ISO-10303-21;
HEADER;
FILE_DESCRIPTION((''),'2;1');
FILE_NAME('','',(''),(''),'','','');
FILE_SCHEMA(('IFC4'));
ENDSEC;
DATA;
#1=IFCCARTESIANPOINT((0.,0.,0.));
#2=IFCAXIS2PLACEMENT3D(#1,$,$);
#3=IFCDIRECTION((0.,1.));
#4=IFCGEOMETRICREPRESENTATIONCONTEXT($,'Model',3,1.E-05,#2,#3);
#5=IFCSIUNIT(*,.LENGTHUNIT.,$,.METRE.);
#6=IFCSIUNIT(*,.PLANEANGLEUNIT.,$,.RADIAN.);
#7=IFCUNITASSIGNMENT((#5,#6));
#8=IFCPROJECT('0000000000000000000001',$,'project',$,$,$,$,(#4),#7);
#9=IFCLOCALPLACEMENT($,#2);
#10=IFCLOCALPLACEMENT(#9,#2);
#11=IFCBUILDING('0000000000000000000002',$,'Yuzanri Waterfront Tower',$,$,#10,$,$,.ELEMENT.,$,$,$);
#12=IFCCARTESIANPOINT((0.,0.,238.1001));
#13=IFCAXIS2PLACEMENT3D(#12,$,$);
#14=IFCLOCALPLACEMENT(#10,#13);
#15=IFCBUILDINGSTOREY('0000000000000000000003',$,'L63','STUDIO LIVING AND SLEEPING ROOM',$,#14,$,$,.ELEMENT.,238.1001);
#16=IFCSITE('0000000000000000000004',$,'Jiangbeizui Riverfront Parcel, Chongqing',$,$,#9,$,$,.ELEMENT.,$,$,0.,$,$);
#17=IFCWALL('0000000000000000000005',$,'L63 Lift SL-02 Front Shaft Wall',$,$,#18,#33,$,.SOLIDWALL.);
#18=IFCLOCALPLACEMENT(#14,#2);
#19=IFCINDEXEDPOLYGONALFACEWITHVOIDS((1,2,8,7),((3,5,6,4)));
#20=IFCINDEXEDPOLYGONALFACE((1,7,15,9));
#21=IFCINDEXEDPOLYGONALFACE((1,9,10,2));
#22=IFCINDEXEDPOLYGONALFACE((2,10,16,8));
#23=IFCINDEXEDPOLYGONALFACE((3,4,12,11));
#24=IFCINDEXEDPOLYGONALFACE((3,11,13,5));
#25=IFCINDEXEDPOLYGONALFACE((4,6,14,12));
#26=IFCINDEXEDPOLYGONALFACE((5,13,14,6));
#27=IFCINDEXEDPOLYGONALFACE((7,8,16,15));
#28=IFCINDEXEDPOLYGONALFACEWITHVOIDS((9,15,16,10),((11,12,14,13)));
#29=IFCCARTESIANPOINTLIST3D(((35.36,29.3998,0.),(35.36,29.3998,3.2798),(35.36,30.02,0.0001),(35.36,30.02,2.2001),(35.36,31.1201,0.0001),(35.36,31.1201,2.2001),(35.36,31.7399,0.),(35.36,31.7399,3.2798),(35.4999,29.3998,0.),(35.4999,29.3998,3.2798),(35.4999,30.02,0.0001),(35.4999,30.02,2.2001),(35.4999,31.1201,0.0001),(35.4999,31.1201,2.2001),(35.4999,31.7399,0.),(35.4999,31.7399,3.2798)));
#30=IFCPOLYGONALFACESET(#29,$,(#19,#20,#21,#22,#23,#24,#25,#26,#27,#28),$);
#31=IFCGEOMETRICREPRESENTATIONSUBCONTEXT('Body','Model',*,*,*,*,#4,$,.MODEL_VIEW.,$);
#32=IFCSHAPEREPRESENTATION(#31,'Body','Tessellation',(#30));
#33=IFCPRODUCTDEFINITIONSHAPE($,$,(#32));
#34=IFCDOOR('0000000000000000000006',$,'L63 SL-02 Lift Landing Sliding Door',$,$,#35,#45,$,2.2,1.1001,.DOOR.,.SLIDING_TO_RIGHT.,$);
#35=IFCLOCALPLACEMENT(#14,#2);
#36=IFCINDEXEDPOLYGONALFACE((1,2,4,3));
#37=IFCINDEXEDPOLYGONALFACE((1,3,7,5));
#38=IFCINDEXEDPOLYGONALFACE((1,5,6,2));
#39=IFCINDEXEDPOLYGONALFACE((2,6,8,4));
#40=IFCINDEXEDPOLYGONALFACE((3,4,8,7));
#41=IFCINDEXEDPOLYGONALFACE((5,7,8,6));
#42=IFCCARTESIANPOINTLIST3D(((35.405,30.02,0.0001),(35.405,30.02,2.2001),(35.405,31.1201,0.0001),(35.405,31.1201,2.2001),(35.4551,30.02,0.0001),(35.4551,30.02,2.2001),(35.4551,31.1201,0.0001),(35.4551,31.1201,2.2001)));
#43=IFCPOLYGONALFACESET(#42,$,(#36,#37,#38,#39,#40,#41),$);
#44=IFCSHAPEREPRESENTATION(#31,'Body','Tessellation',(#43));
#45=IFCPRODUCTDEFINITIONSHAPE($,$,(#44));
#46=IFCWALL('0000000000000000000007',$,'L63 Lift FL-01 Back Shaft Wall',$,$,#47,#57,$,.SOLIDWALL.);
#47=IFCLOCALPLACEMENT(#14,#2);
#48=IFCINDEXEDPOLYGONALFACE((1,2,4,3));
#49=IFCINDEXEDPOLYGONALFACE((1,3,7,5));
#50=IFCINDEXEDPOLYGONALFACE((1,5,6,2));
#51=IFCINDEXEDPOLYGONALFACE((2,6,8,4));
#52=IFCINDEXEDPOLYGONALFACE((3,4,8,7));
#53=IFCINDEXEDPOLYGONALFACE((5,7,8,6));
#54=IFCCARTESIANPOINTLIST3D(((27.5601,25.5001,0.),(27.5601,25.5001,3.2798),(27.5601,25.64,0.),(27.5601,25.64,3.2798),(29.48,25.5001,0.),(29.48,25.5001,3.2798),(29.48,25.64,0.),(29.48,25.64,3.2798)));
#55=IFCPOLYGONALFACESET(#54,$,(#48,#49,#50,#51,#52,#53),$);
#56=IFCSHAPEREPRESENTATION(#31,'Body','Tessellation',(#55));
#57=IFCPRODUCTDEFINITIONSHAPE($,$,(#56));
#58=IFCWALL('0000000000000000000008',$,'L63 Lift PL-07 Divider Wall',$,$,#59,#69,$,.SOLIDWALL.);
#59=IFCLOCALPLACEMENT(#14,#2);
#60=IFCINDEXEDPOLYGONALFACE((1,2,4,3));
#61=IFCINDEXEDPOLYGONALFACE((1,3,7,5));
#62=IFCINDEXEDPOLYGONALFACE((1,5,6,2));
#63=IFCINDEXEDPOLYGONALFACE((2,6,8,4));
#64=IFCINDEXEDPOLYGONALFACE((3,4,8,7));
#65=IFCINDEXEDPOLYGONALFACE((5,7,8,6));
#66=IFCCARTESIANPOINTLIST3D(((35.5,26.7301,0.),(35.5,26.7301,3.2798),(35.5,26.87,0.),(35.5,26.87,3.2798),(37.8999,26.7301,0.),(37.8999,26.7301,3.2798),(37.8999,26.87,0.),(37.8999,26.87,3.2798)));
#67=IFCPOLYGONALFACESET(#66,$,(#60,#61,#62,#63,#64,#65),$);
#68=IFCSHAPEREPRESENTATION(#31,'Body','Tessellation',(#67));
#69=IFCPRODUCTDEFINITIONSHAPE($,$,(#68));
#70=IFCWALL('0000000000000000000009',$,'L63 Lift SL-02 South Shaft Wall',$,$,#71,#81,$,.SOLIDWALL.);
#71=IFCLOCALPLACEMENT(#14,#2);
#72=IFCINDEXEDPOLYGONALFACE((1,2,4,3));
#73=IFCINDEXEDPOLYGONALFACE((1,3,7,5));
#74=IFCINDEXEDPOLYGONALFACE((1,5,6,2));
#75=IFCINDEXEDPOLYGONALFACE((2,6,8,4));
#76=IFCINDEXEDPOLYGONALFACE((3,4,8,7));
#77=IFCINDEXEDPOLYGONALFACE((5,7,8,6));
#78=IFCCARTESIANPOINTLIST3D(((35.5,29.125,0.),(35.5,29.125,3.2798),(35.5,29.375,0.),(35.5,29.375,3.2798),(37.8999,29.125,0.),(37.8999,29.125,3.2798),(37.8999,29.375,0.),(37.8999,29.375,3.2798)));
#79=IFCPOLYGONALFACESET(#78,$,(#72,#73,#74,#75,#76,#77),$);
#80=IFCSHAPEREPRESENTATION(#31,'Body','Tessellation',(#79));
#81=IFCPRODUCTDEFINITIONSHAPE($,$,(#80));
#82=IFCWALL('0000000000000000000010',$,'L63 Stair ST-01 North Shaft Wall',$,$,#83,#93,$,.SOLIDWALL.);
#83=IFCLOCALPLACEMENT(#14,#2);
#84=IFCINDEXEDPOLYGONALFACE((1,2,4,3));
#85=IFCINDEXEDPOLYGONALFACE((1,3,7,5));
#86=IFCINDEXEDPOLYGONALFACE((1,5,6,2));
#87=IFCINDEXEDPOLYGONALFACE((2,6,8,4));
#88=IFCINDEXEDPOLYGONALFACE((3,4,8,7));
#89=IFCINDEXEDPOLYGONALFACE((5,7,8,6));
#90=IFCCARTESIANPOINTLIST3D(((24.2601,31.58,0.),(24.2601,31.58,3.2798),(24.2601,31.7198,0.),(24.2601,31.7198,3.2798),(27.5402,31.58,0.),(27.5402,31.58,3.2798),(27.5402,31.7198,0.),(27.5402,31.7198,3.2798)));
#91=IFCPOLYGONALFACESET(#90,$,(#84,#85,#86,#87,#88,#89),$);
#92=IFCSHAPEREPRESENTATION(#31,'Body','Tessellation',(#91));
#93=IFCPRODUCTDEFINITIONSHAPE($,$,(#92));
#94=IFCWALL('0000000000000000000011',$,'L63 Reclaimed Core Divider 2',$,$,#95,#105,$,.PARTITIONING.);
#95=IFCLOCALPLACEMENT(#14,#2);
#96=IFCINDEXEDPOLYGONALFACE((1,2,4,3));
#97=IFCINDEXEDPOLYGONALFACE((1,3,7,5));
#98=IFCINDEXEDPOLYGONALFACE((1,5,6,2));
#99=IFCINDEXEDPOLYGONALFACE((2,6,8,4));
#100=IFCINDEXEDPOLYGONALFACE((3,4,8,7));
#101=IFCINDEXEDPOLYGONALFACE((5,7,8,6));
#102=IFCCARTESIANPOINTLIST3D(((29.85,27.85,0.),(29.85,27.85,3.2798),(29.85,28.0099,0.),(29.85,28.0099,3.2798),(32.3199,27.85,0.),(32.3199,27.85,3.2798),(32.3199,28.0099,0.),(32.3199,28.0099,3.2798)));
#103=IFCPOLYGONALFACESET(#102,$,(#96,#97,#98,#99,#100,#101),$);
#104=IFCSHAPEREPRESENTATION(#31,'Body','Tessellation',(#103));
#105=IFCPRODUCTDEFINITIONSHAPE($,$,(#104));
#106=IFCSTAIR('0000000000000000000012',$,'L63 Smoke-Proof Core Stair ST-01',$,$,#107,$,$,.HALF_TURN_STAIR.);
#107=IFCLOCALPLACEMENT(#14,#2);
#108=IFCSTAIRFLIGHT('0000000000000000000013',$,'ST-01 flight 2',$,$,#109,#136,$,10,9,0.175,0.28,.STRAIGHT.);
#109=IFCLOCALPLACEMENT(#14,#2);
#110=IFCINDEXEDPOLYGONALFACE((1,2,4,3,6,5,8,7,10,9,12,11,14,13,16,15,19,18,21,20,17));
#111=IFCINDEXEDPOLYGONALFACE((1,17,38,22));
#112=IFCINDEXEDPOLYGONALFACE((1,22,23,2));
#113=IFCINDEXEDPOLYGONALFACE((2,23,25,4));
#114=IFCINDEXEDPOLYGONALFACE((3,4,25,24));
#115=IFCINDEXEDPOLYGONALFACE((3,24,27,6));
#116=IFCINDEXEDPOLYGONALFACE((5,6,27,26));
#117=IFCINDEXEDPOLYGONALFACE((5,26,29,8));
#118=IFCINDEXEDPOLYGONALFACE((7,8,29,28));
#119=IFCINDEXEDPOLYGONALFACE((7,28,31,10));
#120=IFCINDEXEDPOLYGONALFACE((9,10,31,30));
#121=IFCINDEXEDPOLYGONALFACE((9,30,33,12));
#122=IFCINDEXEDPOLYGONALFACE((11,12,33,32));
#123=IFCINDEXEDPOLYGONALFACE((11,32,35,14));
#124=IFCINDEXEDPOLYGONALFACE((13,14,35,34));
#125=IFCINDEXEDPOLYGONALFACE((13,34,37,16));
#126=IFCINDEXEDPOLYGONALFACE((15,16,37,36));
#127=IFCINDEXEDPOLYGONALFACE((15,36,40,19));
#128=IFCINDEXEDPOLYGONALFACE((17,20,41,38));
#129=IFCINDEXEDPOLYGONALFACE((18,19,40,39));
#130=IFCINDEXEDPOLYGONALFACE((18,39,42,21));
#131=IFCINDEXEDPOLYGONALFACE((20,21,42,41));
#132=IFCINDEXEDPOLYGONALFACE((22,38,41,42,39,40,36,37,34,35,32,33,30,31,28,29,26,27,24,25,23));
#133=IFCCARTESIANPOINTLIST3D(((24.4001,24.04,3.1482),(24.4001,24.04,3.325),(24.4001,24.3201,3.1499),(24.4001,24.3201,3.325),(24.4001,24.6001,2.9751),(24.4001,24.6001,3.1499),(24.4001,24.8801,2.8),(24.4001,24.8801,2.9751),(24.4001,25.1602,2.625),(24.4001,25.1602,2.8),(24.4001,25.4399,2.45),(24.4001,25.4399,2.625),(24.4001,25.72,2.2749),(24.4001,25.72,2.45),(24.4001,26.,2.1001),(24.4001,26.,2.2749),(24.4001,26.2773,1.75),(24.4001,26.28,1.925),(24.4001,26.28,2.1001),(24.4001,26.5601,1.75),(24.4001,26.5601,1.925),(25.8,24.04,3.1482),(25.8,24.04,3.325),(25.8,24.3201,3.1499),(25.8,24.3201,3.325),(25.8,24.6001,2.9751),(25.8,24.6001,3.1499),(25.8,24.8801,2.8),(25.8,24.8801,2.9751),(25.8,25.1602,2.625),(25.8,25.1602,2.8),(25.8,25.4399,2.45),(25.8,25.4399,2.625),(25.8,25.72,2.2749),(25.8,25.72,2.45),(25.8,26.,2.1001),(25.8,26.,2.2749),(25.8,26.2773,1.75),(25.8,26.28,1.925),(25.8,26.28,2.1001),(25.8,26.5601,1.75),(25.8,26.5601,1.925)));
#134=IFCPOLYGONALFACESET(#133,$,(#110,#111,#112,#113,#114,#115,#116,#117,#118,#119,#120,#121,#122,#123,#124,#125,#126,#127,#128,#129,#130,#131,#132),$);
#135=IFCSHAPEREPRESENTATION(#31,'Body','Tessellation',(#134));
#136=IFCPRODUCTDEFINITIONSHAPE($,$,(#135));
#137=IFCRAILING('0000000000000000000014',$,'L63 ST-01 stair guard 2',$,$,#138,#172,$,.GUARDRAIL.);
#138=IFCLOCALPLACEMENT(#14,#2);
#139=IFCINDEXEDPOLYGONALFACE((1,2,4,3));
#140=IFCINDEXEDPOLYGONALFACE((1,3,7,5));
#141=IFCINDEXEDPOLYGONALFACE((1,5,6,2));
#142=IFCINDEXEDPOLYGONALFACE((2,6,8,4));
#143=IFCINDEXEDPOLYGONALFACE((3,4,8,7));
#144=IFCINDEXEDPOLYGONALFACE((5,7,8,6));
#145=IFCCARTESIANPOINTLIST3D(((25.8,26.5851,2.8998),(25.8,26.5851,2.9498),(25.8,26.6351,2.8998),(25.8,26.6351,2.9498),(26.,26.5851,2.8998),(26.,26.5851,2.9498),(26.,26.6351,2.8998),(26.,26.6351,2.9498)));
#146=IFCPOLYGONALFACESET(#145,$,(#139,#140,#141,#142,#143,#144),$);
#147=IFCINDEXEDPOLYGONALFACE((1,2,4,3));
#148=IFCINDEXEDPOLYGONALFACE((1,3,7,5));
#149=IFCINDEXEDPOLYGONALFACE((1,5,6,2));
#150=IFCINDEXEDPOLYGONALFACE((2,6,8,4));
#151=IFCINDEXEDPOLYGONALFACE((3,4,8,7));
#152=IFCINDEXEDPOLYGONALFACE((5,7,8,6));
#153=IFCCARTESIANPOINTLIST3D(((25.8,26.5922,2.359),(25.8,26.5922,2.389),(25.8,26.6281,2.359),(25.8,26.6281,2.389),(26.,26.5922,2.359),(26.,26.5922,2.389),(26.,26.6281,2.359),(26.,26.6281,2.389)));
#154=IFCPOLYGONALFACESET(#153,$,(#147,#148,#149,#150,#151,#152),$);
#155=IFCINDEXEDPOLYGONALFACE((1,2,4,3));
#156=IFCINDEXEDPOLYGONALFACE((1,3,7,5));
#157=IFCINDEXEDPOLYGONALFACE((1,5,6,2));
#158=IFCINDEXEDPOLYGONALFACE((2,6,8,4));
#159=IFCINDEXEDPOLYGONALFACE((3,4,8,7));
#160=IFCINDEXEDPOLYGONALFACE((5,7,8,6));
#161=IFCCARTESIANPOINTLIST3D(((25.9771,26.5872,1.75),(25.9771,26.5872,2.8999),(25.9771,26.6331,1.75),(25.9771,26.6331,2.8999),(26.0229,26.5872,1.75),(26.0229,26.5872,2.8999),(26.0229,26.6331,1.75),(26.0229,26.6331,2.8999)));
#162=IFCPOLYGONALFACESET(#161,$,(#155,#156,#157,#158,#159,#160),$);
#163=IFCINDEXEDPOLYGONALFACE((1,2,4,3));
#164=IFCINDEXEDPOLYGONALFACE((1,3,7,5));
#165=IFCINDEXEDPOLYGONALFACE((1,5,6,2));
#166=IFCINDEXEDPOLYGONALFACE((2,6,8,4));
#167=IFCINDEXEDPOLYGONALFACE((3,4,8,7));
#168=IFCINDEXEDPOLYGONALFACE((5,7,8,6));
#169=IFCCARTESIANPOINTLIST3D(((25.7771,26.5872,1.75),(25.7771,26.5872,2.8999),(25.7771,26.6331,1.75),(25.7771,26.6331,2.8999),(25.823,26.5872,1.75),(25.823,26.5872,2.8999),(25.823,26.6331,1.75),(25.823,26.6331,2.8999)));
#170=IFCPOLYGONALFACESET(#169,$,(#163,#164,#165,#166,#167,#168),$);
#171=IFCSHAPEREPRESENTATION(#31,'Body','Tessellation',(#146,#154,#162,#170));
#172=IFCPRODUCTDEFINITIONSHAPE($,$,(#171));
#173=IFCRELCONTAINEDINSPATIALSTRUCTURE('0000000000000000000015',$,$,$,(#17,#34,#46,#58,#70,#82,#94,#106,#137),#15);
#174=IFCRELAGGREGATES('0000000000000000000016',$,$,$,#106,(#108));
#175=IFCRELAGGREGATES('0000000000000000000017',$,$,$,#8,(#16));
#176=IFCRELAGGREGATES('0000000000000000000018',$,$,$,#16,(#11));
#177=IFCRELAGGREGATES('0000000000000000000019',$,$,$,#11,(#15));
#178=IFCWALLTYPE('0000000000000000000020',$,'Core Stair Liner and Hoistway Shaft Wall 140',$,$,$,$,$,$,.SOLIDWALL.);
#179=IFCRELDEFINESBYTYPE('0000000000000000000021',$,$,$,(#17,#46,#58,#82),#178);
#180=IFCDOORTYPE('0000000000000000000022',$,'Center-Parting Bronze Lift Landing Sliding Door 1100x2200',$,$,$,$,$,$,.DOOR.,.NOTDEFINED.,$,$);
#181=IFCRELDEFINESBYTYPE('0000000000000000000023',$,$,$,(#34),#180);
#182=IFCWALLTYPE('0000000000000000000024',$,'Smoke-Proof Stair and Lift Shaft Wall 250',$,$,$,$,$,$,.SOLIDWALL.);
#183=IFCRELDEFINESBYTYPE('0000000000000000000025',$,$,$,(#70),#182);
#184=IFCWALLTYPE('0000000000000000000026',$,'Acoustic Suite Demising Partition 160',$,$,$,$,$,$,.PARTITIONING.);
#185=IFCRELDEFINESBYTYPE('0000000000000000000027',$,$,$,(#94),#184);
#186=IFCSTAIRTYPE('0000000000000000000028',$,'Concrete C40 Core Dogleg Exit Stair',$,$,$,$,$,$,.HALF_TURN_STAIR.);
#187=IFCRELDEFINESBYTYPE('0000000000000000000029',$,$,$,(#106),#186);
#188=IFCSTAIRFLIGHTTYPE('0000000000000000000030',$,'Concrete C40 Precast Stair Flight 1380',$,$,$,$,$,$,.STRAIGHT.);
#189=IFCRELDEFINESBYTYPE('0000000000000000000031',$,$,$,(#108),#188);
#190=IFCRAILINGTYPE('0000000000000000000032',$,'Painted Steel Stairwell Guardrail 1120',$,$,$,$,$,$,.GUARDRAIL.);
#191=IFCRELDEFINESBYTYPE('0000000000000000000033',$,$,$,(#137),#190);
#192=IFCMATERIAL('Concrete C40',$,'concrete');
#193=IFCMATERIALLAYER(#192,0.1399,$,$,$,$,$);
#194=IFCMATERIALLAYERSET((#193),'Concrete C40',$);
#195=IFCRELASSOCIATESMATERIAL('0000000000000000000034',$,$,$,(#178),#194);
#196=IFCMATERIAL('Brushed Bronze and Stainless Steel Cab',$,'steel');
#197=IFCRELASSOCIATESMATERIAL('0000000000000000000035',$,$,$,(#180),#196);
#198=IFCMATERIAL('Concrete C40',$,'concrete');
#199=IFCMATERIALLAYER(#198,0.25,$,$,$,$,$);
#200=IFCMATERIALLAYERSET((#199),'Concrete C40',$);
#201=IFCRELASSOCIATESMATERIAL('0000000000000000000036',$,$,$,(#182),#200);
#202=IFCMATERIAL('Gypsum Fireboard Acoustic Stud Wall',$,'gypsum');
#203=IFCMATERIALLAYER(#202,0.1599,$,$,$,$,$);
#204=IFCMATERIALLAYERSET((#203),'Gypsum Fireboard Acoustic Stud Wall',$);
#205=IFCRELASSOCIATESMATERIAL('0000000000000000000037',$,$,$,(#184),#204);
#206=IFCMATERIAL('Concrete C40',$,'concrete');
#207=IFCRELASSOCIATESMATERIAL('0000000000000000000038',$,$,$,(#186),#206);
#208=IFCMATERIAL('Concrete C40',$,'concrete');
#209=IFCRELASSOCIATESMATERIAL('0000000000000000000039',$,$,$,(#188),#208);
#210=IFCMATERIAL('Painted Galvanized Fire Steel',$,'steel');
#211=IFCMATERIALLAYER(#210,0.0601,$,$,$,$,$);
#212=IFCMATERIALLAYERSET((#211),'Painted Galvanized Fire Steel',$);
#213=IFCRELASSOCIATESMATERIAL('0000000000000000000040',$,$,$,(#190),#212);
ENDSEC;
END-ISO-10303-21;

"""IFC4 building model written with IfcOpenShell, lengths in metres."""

from ifc_helpers import new_model, si_unit, direction, frame, frame_2d, origin, origin_2d, place, context, subcontext, project, spatial, polyline, rectangle, outline, extrude, source, transform, mapped, material, layer, layer_set, type_object, element, fill, aggregate, save


model = new_model("IFC4")

# Units and contexts
model_context = context("Model", 3, precision=1e-05, world=origin(), true_north=direction((0.0, 1.0)))
body_context = subcontext(model_context, "Body", "Model", "MODEL_VIEW")
ifc_project = project(units=[si_unit("LENGTHUNIT", "METRE"), si_unit("PLANEANGLEUNIT", "RADIAN")], contexts=[model_context])

# Site, building, storey
site_placement = place(None, origin())
site = spatial("IfcSite", under=ifc_project, at=site_placement, Name="Jiangbeizui Riverfront Parcel, Chongqing", CompositionType="ELEMENT", RefElevation=0.0)
building_placement = place(site_placement, origin())
building = spatial("IfcBuilding", under=site, at=building_placement, Name="Yuzanri Waterfront Tower", CompositionType="ELEMENT")
storey_placement = place(building_placement, frame((0.0, 0.0, 238.1001)))
storey = spatial("IfcBuildingStorey", under=building, at=storey_placement, Name="L63", Description="STUDIO LIVING AND SLEEPING ROOM", CompositionType="ELEMENT", Elevation=238.1001)

# Wall, opening, door
ifc_material_1 = material(Name="Concrete C40", Category="concrete")
ifc_layer_1 = layer(ifc_material_1, 0.1399)
ifc_layer_set_1 = layer_set([ifc_layer_1], Name="Concrete C40")
wall_type_1 = type_object("IfcWallType", Name="Core Stair Liner and Hoistway Shaft Wall 140", PredefinedType="SOLIDWALL", material=ifc_layer_set_1)
ifc_material_2 = material(Name="Brushed Bronze and Stainless Steel Cab", Category="steel")
door_type_1 = type_object("IfcDoorType", Name="Center-Parting Bronze Lift Landing Sliding Door 1100x2200", OperationType="NOTDEFINED", PredefinedType="DOOR", material=ifc_material_2)
shared_shape_1 = source(origin(), body_context, "Body", "SweptSolid", [
    extrude(rectangle(XDim=1.1001, YDim=2.2, at=frame_2d((0.55, 1.1001))), frame((0.0, 0.0249, 0.0), z_axis=(0.0, -1.0, 0.0), x_axis=(1.0, 0.0, 0.0)), (0.0, 0.0, 1.0), 0.05),
])
wall_1_placement = place(storey_placement, frame((35.4299, 29.3999, 0.0), z_axis=(0.0, 0.0, 1.0), x_axis=(0.0, 1.0, 0.0)))
wall_1 = element("IfcWall", 1, at=wall_1_placement, inside=storey, type_object=wall_type_1, Name="L63 Lift SL-02 Front Shaft Wall", PredefinedType="SOLIDWALL", context=body_context, shape_type="SweptSolid", body=[
    extrude(rectangle(XDim=2.3401, YDim=0.1399, at=frame_2d((1.1699, 0.0))), origin(), (0.0, 0.0, 1.0), 3.2798),
])
opening_1_placement = place(wall_1_placement, frame((0.6201, 0.0, 0.0)))
opening_1 = element("IfcOpeningElement", 2, at=opening_1_placement, cuts=wall_1, PredefinedType="OPENING", context=body_context, shape_type="SweptSolid", body=[
    extrude(rectangle(XDim=1.1001, YDim=2.2, at=frame_2d((0.55, 1.1001))), frame((0.0, 0.085, 0.0), z_axis=(0.0, -1.0, 0.0), x_axis=(1.0, 0.0, 0.0)), (0.0, 0.0, 1.0), 0.1697),
])
door_1_placement = place(opening_1_placement, origin())
door_1 = element("IfcDoor", 3, at=door_1_placement, inside=storey, type_object=door_type_1, Name="L63 SL-02 Lift Landing Sliding Door", OperationType="SLIDING_TO_RIGHT", OverallHeight=2.2, OverallWidth=1.1001, PredefinedType="DOOR", context=body_context, shape_type="MappedRepresentation", body=[
    mapped(shared_shape_1, transform((0.0, 0.0, 0.0), scale=1.0)),
])
fill(opening_1, door_1)

# Walls
shared_shape_2 = source(origin(), body_context, "Body", "SweptSolid", [
    extrude(rectangle(XDim=1.9199, YDim=0.1399, at=frame_2d((0.96, 0.0))), origin(), (0.0, 0.0, 1.0), 3.2798),
])
wall_2_placement = place(storey_placement, frame((27.5601, 25.5701, 0.0), z_axis=(0.0, 0.0, 1.0), x_axis=(1.0, 0.0, 0.0)))
element("IfcWall", 4, at=wall_2_placement, inside=storey, type_object=wall_type_1, Name="L63 Lift FL-01 Back Shaft Wall", PredefinedType="SOLIDWALL", context=body_context, shape_type="MappedRepresentation", body=[
    mapped(shared_shape_2, transform((0.0, 0.0, 0.0), scale=1.0)),
])
shared_shape_3 = source(origin(), body_context, "Body", "SweptSolid", [
    extrude(rectangle(XDim=2.3999, YDim=0.1399, at=frame_2d((1.2, 0.0))), origin(), (0.0, 0.0, 1.0), 3.2798),
])
wall_3_placement = place(storey_placement, frame((35.5, 26.8, 0.0), z_axis=(0.0, 0.0, 1.0), x_axis=(1.0, 0.0, 0.0)))
element("IfcWall", 5, at=wall_3_placement, inside=storey, type_object=wall_type_1, Name="L63 Lift PL-07 Divider Wall", PredefinedType="SOLIDWALL", context=body_context, shape_type="MappedRepresentation", body=[
    mapped(shared_shape_3, transform((0.0, 0.0, 0.0), scale=1.0)),
])
ifc_material_3 = material(Name="Concrete C40", Category="concrete")
ifc_layer_2 = layer(ifc_material_3, 0.25)
ifc_layer_set_2 = layer_set([ifc_layer_2], Name="Concrete C40")
wall_type_2 = type_object("IfcWallType", Name="Smoke-Proof Stair and Lift Shaft Wall 250", PredefinedType="SOLIDWALL", material=ifc_layer_set_2)
shared_shape_4 = source(origin(), body_context, "Body", "SweptSolid", [
    extrude(rectangle(XDim=2.3999, YDim=0.25, at=frame_2d((1.2, 0.0))), origin(), (0.0, 0.0, 1.0), 3.2798),
])
wall_4_placement = place(storey_placement, frame((35.5, 29.25, 0.0), z_axis=(0.0, 0.0, 1.0), x_axis=(1.0, 0.0, 0.0)))
element("IfcWall", 6, at=wall_4_placement, inside=storey, type_object=wall_type_2, Name="L63 Lift SL-02 South Shaft Wall", PredefinedType="SOLIDWALL", context=body_context, shape_type="MappedRepresentation", body=[
    mapped(shared_shape_4, transform((0.0, 0.0, 0.0), scale=1.0)),
])
shared_shape_5 = source(origin(), body_context, "Body", "SweptSolid", [
    extrude(rectangle(XDim=3.28, YDim=0.1399, at=frame_2d((1.6401, 0.0))), origin(), (0.0, 0.0, 1.0), 3.2798),
])
wall_5_placement = place(storey_placement, frame((24.26, 31.6499, 0.0), z_axis=(0.0, 0.0, 1.0), x_axis=(1.0, 0.0, 0.0)))
element("IfcWall", 7, at=wall_5_placement, inside=storey, type_object=wall_type_1, Name="L63 Stair ST-01 North Shaft Wall", PredefinedType="SOLIDWALL", context=body_context, shape_type="MappedRepresentation", body=[
    mapped(shared_shape_5, transform((0.0, 0.0, 0.0), scale=1.0)),
])
ifc_material_4 = material(Name="Gypsum Fireboard Acoustic Stud Wall", Category="gypsum")
ifc_layer_3 = layer(ifc_material_4, 0.1599)
ifc_layer_set_3 = layer_set([ifc_layer_3], Name="Gypsum Fireboard Acoustic Stud Wall")
wall_type_3 = type_object("IfcWallType", Name="Acoustic Suite Demising Partition 160", PredefinedType="PARTITIONING", material=ifc_layer_set_3)
shared_shape_6 = source(origin(), body_context, "Body", "SweptSolid", [
    extrude(rectangle(XDim=2.47, YDim=0.1599, at=frame_2d((1.2349, 0.0))), origin(), (0.0, 0.0, 1.0), 3.2798),
])
wall_6_placement = place(storey_placement, frame((29.8501, 27.9299, 0.0), z_axis=(0.0, 0.0, 1.0), x_axis=(1.0, 0.0, 0.0)))
element("IfcWall", 8, at=wall_6_placement, inside=storey, type_object=wall_type_3, Name="L63 Reclaimed Core Divider 2", PredefinedType="PARTITIONING", context=body_context, shape_type="MappedRepresentation", body=[
    mapped(shared_shape_6, transform((0.0, 0.0, 0.0), scale=1.0)),
])

# Stair, stair flight
ifc_material_5 = material(Name="Concrete C40", Category="concrete")
stair_type = type_object("IfcStairType", Name="Concrete C40 Core Dogleg Exit Stair", PredefinedType="HALF_TURN_STAIR", material=ifc_material_5)
stair_placement = place(storey_placement, origin())
stair = element("IfcStair", 9, at=stair_placement, inside=storey, type_object=stair_type, Name="L63 Smoke-Proof Core Stair ST-01", PredefinedType="HALF_TURN_STAIR")
ifc_material_6 = material(Name="Concrete C40", Category="concrete")
stair_flight_type = type_object("IfcStairFlightType", Name="Concrete C40 Precast Stair Flight 1380", PredefinedType="STRAIGHT", material=ifc_material_6)
shared_shape_7 = source(origin(), body_context, "Body", "SweptSolid", [
    extrude(outline(polyline([(0.0, 0.0), (0.0, 0.175), (0.28, 0.175), (0.28, 0.3501), (0.5601, 0.3501), (0.5601, 0.5249), (0.8401, 0.5249), (0.8401, 0.7), (1.1201, 0.7), (1.1201, 0.875), (1.3999, 0.875), (1.3999, 1.05), (1.6799, 1.05), (1.6799, 1.2251), (1.96, 1.2251), (1.96, 1.3999), (2.24, 1.3999), (2.24, 1.575), (2.52, 1.575), (2.52, 1.75), (2.52, 1.3982), (0.2827, 0.0), (0.0, 0.0)])), frame((0.0, 0.7, 0.0), z_axis=(0.0, -1.0, 0.0), x_axis=(1.0, 0.0, 0.0)), (0.0, 0.0, 1.0), 1.3999),
])
stair_flight_placement = place(storey_placement, frame((25.1001, 26.5601, 1.75), z_axis=(0.0, 0.0, 1.0), x_axis=(0.0, -1.0, 0.0)))
stair_flight = element("IfcStairFlight", 10, at=stair_flight_placement, type_object=stair_flight_type, Name="ST-01 flight 2", NumberOfRisers=10, NumberOfTreads=9, PredefinedType="STRAIGHT", RiserHeight=0.175, TreadLength=0.28, context=body_context, shape_type="MappedRepresentation", body=[
    mapped(shared_shape_7, transform((0.0, 0.0, 0.0), scale=1.0)),
])
aggregate(stair, [stair_flight])

# Railing
ifc_material_7 = material(Name="Painted Galvanized Fire Steel", Category="steel")
ifc_layer_4 = layer(ifc_material_7, 0.0601)
ifc_layer_set_4 = layer_set([ifc_layer_4], Name="Painted Galvanized Fire Steel")
railing_type_1 = type_object("IfcRailingType", Name="Painted Steel Stairwell Guardrail 1120", PredefinedType="GUARDRAIL", material=ifc_layer_set_4)
shared_shape_8 = source(origin(), body_context, "Body", "SweptSolid", [
    extrude(rectangle(XDim=0.05, YDim=0.05, at=origin_2d()), frame((0.0, 0.0, 1.1748), z_axis=(-1.0, 0.0, 0.0), x_axis=(0.0, -1.0, 0.0)), (0.0, 0.0, 1.0), 0.2),
    extrude(rectangle(XDim=0.0359, YDim=0.03, at=origin_2d()), frame((0.0, 0.0, 0.624), z_axis=(-1.0, 0.0, 0.0), x_axis=(0.0, -1.0, 0.0)), (0.0, 0.0, 1.0), 0.2),
    extrude(rectangle(XDim=0.0459, YDim=0.0459, at=origin_2d()), origin(), (0.0, 0.0, 1.0), 1.1499),
    extrude(rectangle(XDim=0.0459, YDim=0.0459, at=origin_2d()), frame((-0.2, 0.0, 0.0)), (0.0, 0.0, 1.0), 1.1499),
])
railing_1_placement = place(storey_placement, frame((26.0, 26.6101, 1.75)))
element("IfcRailing", 11, at=railing_1_placement, inside=storey, type_object=railing_type_1, Name="L63 ST-01 stair guard 2", PredefinedType="GUARDRAIL", context=body_context, shape_type="MappedRepresentation", body=[
    mapped(shared_shape_8, transform((0.0, 0.0, 0.0), scale=1.0)),
])

save(model, "model.ifc")
